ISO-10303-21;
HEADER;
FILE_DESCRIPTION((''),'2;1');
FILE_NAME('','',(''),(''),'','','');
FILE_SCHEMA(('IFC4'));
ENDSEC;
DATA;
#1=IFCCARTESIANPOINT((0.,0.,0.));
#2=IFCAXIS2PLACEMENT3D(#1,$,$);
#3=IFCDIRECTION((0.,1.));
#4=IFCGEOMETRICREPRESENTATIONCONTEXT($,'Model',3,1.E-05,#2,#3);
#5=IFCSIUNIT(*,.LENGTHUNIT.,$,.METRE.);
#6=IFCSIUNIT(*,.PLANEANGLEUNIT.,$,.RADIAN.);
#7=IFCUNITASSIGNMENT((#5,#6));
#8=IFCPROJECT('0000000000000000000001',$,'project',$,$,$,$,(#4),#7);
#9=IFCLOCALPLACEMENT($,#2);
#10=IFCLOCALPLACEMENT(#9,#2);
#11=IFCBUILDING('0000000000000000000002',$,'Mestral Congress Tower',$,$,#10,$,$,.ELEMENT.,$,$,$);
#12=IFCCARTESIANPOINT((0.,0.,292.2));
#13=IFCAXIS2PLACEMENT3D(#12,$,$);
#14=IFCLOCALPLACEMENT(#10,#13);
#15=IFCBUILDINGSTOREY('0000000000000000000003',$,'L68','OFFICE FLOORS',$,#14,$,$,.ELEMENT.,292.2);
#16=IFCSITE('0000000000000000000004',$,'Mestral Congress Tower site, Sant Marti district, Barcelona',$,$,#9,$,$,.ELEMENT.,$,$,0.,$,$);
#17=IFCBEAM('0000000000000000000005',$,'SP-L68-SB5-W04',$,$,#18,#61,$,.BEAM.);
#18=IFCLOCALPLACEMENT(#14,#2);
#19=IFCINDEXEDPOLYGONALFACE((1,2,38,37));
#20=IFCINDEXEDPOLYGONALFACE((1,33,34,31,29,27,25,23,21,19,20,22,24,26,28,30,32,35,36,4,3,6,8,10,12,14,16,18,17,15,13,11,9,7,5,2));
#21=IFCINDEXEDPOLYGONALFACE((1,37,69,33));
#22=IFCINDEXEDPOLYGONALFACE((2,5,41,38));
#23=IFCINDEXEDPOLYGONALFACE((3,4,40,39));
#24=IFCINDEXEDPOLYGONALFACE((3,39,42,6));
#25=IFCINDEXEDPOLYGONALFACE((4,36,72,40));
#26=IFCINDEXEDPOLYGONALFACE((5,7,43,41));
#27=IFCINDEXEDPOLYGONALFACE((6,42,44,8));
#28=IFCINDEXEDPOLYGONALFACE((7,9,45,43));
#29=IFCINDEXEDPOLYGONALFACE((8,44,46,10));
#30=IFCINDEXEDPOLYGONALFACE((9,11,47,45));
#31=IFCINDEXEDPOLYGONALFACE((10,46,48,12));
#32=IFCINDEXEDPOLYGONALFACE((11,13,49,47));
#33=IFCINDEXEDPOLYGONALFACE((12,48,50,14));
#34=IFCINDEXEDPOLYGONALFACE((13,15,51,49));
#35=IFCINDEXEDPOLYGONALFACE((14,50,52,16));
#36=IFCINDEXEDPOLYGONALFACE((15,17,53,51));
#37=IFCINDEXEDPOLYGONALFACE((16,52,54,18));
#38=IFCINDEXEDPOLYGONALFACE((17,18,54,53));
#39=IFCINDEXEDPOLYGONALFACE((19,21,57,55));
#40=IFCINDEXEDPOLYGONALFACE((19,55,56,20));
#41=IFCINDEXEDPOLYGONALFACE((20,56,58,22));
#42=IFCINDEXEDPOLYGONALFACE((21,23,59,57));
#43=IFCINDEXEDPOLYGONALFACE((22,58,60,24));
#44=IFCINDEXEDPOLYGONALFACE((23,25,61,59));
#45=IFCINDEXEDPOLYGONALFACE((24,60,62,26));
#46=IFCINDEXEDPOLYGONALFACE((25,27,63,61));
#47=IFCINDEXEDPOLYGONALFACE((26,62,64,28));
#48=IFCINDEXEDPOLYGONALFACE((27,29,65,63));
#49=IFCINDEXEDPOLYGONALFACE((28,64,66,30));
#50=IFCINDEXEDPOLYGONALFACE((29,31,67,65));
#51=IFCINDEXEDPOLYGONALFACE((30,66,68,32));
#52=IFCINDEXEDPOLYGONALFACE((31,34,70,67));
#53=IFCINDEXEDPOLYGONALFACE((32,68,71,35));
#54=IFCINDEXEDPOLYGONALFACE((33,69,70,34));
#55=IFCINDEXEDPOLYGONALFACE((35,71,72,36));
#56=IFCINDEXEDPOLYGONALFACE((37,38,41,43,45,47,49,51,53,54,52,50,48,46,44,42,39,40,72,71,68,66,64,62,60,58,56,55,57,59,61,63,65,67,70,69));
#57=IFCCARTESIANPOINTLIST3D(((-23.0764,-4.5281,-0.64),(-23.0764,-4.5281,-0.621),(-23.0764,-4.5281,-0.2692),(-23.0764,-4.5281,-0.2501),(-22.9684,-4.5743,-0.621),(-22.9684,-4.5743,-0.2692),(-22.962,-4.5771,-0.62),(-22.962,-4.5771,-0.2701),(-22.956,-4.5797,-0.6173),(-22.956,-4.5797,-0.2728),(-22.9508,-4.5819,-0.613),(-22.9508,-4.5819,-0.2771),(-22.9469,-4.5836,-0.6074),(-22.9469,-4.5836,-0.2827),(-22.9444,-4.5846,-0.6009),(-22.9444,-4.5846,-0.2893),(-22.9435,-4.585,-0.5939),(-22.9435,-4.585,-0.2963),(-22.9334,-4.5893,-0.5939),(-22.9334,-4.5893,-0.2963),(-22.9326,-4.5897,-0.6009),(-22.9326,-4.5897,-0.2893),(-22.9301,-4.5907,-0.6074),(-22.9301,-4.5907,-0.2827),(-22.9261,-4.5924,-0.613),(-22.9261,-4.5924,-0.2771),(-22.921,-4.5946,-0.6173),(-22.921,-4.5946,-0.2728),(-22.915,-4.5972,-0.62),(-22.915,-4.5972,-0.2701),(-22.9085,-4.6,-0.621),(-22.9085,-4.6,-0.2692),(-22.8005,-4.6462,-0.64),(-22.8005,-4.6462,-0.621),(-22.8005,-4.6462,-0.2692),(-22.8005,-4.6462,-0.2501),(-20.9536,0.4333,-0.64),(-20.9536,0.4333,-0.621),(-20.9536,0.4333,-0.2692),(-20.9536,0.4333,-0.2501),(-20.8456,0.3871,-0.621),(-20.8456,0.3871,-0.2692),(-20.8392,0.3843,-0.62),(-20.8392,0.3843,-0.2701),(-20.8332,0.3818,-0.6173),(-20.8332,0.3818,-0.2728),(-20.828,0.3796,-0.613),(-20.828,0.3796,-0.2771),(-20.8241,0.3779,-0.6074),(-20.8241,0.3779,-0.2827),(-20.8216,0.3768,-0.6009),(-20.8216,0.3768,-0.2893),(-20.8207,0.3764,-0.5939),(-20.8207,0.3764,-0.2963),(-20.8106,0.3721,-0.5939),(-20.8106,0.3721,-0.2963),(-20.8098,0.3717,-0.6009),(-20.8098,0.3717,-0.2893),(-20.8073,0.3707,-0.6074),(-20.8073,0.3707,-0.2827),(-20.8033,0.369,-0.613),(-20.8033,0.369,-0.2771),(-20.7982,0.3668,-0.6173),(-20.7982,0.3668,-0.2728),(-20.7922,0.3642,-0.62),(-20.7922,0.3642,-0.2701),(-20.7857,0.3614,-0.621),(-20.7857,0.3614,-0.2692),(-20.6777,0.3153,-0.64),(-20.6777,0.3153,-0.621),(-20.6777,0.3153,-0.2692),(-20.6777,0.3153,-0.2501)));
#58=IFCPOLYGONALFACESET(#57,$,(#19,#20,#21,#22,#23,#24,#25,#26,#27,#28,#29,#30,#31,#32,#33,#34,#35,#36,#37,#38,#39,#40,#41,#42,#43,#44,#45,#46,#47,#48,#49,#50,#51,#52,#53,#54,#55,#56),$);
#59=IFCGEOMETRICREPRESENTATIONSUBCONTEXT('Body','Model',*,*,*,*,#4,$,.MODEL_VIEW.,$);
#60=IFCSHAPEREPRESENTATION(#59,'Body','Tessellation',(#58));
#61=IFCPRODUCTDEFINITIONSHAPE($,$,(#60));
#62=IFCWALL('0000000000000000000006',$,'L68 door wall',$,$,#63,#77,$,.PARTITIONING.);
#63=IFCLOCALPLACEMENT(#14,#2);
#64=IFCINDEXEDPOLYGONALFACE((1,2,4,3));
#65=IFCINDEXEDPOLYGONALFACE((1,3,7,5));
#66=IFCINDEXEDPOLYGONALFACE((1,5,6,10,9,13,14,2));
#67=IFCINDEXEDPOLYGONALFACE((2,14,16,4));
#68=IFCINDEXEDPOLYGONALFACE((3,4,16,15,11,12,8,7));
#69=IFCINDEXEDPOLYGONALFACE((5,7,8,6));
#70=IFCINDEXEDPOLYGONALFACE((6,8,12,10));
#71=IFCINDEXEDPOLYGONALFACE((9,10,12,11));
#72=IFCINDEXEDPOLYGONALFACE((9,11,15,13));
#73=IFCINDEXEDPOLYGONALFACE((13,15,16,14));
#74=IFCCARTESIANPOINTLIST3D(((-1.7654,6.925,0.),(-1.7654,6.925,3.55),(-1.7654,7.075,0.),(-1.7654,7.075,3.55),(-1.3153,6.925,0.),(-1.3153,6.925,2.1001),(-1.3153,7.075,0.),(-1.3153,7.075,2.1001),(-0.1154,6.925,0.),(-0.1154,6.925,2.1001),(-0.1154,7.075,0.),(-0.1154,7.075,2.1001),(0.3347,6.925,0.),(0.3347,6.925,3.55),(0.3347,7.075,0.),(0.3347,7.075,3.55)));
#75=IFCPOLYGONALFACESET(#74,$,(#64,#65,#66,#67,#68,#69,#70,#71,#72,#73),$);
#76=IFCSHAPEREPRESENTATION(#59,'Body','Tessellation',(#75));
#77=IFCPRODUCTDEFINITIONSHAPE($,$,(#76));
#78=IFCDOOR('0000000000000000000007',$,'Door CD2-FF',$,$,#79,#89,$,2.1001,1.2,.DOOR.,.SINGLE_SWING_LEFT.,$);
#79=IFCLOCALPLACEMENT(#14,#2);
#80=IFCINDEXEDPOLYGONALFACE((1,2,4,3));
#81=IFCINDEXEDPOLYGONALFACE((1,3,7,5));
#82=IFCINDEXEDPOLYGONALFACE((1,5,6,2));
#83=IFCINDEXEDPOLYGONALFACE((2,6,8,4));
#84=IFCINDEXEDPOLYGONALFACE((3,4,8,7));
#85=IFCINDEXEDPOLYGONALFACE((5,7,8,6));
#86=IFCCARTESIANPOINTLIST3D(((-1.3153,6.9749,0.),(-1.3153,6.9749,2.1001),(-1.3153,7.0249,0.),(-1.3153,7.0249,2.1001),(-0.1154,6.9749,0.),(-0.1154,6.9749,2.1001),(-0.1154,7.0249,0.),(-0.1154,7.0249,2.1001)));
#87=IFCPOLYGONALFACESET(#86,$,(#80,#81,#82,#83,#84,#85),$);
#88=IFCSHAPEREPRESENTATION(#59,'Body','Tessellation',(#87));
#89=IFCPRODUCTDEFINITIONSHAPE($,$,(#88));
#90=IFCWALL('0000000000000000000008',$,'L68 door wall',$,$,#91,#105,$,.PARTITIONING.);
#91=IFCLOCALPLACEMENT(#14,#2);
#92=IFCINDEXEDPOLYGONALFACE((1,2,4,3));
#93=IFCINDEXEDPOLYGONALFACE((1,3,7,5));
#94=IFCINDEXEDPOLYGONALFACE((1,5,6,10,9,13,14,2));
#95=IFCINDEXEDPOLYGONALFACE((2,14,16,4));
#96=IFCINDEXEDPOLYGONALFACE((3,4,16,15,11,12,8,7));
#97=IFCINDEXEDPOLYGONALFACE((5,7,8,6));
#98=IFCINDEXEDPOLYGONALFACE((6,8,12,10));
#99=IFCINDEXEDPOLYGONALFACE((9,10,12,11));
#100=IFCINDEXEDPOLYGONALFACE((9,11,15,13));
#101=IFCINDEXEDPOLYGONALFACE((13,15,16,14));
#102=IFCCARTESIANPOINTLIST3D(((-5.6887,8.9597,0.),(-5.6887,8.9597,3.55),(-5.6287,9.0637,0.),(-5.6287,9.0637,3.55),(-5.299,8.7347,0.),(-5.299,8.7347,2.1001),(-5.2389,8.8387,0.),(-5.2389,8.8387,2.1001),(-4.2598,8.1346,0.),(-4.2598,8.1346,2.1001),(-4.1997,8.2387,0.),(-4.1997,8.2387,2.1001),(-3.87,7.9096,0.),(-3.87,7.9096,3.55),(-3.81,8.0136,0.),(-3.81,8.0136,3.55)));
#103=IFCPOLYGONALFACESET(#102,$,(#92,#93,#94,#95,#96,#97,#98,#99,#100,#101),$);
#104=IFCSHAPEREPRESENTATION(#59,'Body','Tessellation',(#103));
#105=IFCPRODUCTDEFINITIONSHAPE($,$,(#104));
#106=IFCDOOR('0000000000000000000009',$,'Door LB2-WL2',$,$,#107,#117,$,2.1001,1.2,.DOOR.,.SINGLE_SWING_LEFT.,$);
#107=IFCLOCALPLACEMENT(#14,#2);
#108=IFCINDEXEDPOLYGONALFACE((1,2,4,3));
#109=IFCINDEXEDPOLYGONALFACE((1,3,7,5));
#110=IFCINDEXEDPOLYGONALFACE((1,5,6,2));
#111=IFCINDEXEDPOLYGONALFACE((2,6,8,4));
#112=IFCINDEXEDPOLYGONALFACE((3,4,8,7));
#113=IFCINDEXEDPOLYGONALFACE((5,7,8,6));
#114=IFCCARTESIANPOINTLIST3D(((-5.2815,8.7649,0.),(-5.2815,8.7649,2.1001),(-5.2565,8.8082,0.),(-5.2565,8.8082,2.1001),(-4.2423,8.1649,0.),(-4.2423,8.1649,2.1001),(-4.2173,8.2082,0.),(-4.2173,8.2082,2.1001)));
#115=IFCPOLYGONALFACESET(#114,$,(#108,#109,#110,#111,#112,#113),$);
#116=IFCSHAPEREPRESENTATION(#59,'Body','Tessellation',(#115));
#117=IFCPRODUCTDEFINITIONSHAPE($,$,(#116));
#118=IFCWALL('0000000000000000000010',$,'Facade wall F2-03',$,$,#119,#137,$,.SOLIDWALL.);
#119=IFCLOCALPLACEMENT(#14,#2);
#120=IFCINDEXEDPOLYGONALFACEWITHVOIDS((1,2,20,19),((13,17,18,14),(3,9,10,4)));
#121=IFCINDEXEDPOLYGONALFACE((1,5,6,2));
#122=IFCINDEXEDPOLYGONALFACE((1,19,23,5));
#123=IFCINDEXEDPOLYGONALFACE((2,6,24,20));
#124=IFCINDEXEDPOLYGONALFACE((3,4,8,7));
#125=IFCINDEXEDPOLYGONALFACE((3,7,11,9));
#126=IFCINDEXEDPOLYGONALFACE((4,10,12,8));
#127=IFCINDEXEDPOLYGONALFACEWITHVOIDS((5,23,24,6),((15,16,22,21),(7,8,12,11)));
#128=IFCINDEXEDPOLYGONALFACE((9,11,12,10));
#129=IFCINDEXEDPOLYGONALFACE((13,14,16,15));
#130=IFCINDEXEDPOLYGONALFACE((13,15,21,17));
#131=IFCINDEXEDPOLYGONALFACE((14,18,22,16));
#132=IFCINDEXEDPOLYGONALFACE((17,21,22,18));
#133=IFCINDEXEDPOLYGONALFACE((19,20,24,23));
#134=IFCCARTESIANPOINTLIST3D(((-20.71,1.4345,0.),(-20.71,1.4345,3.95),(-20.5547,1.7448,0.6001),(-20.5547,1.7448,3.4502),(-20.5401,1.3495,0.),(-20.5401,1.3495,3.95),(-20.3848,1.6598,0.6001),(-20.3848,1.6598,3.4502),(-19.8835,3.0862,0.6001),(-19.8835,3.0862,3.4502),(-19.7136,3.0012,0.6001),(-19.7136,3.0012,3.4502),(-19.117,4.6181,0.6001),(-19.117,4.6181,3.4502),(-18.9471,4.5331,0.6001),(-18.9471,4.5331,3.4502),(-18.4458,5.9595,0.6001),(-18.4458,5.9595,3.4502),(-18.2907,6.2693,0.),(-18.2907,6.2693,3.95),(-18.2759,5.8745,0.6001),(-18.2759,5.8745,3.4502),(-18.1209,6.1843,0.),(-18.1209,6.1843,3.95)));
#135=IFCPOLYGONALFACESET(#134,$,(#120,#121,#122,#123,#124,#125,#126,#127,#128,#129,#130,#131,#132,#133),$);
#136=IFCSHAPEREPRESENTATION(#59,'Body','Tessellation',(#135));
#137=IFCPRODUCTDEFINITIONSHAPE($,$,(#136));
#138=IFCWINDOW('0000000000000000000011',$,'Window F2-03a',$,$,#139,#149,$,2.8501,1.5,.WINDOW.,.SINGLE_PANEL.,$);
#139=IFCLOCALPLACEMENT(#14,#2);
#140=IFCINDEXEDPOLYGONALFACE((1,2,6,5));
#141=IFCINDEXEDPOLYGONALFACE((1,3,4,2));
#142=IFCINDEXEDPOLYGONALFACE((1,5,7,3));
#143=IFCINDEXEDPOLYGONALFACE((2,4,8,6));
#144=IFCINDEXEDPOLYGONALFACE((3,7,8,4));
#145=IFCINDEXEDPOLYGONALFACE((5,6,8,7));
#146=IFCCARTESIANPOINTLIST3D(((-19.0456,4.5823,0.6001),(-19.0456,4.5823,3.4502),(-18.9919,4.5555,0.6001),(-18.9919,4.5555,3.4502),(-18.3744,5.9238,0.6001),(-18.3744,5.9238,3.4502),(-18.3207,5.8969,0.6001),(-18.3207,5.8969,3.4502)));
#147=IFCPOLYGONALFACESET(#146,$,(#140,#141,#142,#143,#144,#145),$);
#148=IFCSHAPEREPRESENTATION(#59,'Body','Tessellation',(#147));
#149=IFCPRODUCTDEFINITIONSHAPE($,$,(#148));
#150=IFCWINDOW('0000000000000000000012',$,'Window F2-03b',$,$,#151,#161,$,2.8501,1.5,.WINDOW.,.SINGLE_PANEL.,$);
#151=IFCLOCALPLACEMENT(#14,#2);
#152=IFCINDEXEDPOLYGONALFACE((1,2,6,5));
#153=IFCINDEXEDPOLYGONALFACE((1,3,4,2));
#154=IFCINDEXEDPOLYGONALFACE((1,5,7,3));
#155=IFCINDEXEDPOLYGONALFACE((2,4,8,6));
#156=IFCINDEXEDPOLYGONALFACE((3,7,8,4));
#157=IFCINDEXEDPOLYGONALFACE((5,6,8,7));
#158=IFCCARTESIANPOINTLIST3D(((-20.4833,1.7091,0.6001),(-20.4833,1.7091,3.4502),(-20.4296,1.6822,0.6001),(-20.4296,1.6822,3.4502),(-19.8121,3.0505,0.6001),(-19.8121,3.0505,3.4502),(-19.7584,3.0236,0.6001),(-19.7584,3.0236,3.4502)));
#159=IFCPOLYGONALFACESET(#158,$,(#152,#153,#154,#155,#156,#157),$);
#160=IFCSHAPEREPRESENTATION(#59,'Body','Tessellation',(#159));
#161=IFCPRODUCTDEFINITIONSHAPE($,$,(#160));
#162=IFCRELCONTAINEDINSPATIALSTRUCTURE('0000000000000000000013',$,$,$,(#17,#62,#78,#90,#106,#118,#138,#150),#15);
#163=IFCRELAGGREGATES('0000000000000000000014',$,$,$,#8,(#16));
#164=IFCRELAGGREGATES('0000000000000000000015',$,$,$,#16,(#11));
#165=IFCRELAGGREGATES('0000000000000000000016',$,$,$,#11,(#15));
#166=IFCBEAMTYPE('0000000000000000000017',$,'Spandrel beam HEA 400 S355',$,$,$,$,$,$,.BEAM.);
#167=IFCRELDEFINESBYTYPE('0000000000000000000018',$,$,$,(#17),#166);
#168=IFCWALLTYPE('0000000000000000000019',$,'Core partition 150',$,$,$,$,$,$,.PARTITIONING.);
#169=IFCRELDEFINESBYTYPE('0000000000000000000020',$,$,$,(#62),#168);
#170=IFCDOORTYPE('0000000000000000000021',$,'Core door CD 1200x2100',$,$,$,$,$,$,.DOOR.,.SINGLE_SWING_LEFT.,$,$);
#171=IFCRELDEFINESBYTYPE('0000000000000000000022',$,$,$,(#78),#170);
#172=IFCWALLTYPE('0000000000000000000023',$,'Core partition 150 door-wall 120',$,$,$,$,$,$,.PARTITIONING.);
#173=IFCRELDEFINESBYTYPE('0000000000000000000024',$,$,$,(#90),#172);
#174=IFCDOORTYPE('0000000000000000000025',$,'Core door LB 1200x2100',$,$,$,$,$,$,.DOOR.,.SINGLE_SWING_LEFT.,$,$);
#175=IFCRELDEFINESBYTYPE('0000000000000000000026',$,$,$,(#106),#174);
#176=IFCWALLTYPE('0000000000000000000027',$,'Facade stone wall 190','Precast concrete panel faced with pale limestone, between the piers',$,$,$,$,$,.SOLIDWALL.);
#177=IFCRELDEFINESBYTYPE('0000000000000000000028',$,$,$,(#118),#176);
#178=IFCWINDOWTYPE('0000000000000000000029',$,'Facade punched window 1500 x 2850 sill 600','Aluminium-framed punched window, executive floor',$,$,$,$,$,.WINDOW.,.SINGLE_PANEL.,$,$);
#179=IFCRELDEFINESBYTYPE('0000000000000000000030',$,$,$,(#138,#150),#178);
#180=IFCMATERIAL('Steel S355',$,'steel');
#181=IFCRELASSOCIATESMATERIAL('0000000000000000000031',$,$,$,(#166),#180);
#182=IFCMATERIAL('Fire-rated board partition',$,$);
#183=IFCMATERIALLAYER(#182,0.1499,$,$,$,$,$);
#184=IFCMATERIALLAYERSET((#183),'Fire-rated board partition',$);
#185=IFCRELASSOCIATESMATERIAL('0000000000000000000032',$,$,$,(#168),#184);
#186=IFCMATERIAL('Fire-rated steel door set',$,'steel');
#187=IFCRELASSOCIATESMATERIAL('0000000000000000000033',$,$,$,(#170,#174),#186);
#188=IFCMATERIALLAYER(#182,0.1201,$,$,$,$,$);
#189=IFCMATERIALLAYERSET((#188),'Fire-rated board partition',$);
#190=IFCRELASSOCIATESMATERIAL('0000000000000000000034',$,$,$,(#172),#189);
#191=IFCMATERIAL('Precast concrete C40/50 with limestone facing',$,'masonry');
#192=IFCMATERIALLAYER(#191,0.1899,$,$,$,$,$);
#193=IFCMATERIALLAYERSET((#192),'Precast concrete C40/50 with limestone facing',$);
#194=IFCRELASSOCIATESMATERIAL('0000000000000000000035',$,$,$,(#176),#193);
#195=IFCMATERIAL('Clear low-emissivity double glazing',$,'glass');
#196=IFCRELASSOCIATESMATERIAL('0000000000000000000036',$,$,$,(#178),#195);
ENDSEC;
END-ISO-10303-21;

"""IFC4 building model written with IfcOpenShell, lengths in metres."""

from ifc_helpers import new_model, si_unit, direction, frame, frame_2d, origin, origin_2d, place, context, subcontext, project, spatial, rectangle, i_section, extrude, material, layer, layer_set, material_profile, profile_set, type_object, element, fill, save


model = new_model("IFC4")

# Units and contexts
model_context = context("Model", 3, precision=1e-05, world=origin(), true_north=direction((0.0, 1.0)))
body_context = subcontext(model_context, "Body", "Model", "MODEL_VIEW")
ifc_project = project(units=[si_unit("LENGTHUNIT", "METRE"), si_unit("PLANEANGLEUNIT", "RADIAN")], contexts=[model_context])

# Site, building, storey
site_placement = place(None, origin())
site = spatial("IfcSite", under=ifc_project, at=site_placement, Name="Mestral Congress Tower site, Sant Marti district, Barcelona", CompositionType="ELEMENT", RefElevation=0.0)
building_placement = place(site_placement, origin())
building = spatial("IfcBuilding", under=site, at=building_placement, Name="Mestral Congress Tower", CompositionType="ELEMENT")
storey_placement = place(building_placement, frame((0.0, 0.0, 292.2)))
storey = spatial("IfcBuildingStorey", under=building, at=storey_placement, Name="L68", Description="OFFICE FLOORS", CompositionType="ELEMENT", Elevation=292.2)

# Beam
ifc_material_1 = material(Name="Steel S355", Category="steel")
ifc_material_profile_1 = material_profile(ifc_material_1, i_section(OverallWidth=0.3, OverallDepth=0.3899, WebThickness=0.011, FlangeThickness=0.019, FilletRadius=0.0271, at=origin_2d()), Name="HEA 400")
ifc_profile_set_1 = profile_set([ifc_material_profile_1], Name="Steel S355")
beam_type_1 = type_object("IfcBeamType", Name="Spandrel beam HEA 400 S355", PredefinedType="BEAM", material=ifc_profile_set_1)
beam_1_placement = place(storey_placement, frame((-20.8157, 0.3743, -0.4451), z_axis=(-0.393368, -0.919381, 0.0), x_axis=(0.919381, -0.393368, 0.0)))
element("IfcBeam", 1, at=beam_1_placement, inside=storey, type_object=beam_type_1, Name="SP-L68-SB5-W04", PredefinedType="BEAM", context=body_context, shape_type="SweptSolid", body=[
    extrude(i_section(OverallWidth=0.3, OverallDepth=0.3899, WebThickness=0.011, FlangeThickness=0.019, FilletRadius=0.0271, at=origin_2d()), origin(), (0.0, 0.0, 1.0), 5.3965),
])

# Walls, openings, doors
ifc_material_2 = material(Name="Fire-rated board partition")
ifc_layer_1 = layer(ifc_material_2, 0.1499)
ifc_layer_set_1 = layer_set([ifc_layer_1], Name="Fire-rated board partition")
wall_type_1 = type_object("IfcWallType", Name="Core partition 150", PredefinedType="PARTITIONING", material=ifc_layer_set_1)
wall_1_placement = place(storey_placement, frame((-1.7654, 7.0, 0.0), z_axis=(0.0, 0.0, 1.0), x_axis=(1.0, 0.0, 0.0)))
wall_1 = element("IfcWall", 2, at=wall_1_placement, inside=storey, type_object=wall_type_1, Name="L68 door wall", PredefinedType="PARTITIONING", context=body_context, shape_type="SweptSolid", body=[
    extrude(rectangle(XDim=2.1001, YDim=0.1499, at=frame_2d((1.05, 0.0))), origin(), (0.0, 0.0, 1.0), 3.55),
])
opening_1_placement = place(wall_1_placement, frame((0.45, 0.0, 0.0)))
opening_1 = element("IfcOpeningElement", 3, at=opening_1_placement, cuts=wall_1, PredefinedType="OPENING", context=body_context, shape_type="SweptSolid", body=[
    extrude(rectangle(XDim=1.2, YDim=2.1001, at=frame_2d((0.6001, 1.05))), frame((0.0, 0.085, 0.0), z_axis=(0.0, -1.0, 0.0), x_axis=(1.0, 0.0, 0.0)), (0.0, 0.0, 1.0), 0.1699),
])
ifc_material_3 = material(Name="Fire-rated steel door set", Category="steel")
door_type_1 = type_object("IfcDoorType", Name="Core door CD 1200x2100", OperationType="SINGLE_SWING_LEFT", PredefinedType="DOOR", material=ifc_material_3)
door_1_placement = place(opening_1_placement, origin())
door_1 = element("IfcDoor", 4, at=door_1_placement, inside=storey, type_object=door_type_1, Name="Door CD2-FF", OperationType="SINGLE_SWING_LEFT", OverallHeight=2.1001, OverallWidth=1.2, PredefinedType="DOOR", context=body_context, shape_type="SweptSolid", body=[
    extrude(rectangle(XDim=1.2, YDim=2.1001, at=frame_2d((0.6001, 1.05))), frame((0.0, 0.0249, 0.0), z_axis=(0.0, -1.0, 0.0), x_axis=(1.0, 0.0, 0.0)), (0.0, 0.0, 1.0), 0.05),
])
fill(opening_1, door_1)
ifc_layer_2 = layer(ifc_material_2, 0.1201)
ifc_layer_set_2 = layer_set([ifc_layer_2], Name="Fire-rated board partition")
wall_type_2 = type_object("IfcWallType", Name="Core partition 150 door-wall 120", PredefinedType="PARTITIONING", material=ifc_layer_set_2)
wall_2_placement = place(storey_placement, frame((-5.6587, 9.0117, 0.0), z_axis=(0.0, 0.0, 1.0), x_axis=(0.866009, -0.500028, 0.0)))
wall_2 = element("IfcWall", 5, at=wall_2_placement, inside=storey, type_object=wall_type_2, Name="L68 door wall", PredefinedType="PARTITIONING", context=body_context, shape_type="SweptSolid", body=[
    extrude(rectangle(XDim=2.1001, YDim=0.1201, at=frame_2d((1.05, 0.0))), origin(), (0.0, 0.0, 1.0), 3.55),
])
opening_2_placement = place(wall_2_placement, frame((0.45, 0.0, 0.0)))
opening_2 = element("IfcOpeningElement", 6, at=opening_2_placement, cuts=wall_2, PredefinedType="OPENING", context=body_context, shape_type="SweptSolid", body=[
    extrude(rectangle(XDim=1.2, YDim=2.1001, at=frame_2d((0.6001, 1.05))), frame((0.0, 0.0701, 0.0), z_axis=(0.0, -1.0, 0.0), x_axis=(1.0, 0.0, 0.0)), (0.0, 0.0, 1.0), 0.1401),
])
door_type_2 = type_object("IfcDoorType", Name="Core door LB 1200x2100", OperationType="SINGLE_SWING_LEFT", PredefinedType="DOOR", material=ifc_material_3)
door_2_placement = place(opening_2_placement, origin())
door_2 = element("IfcDoor", 7, at=door_2_placement, inside=storey, type_object=door_type_2, Name="Door LB2-WL2", OperationType="SINGLE_SWING_LEFT", OverallHeight=2.1001, OverallWidth=1.2, PredefinedType="DOOR", context=body_context, shape_type="SweptSolid", body=[
    extrude(rectangle(XDim=1.2, YDim=2.1001, at=frame_2d((0.6001, 1.05))), frame((0.0, 0.0249, 0.0), z_axis=(0.0, -1.0, 0.0), x_axis=(1.0, 0.0, 0.0)), (0.0, 0.0, 1.0), 0.05),
])
fill(opening_2, door_2)

# Wall, openings, windows
ifc_material_4 = material(Name="Precast concrete C40/50 with limestone facing", Category="masonry")
ifc_layer_3 = layer(ifc_material_4, 0.1899)
ifc_layer_set_3 = layer_set([ifc_layer_3], Name="Precast concrete C40/50 with limestone facing")
wall_type_3 = type_object("IfcWallType", Name="Facade stone wall 190", Description="Precast concrete panel faced with pale limestone, between the piers", PredefinedType="SOLIDWALL", material=ifc_layer_set_3)
wall_3_placement = place(storey_placement, frame((-18.2058, 6.2268, 0.0), z_axis=(0.0, 0.0, 1.0), x_axis=(-0.447485, -0.894292, 0.0)))
wall_3 = element("IfcWall", 8, at=wall_3_placement, inside=storey, type_object=wall_type_3, Name="Facade wall F2-03", PredefinedType="SOLIDWALL", context=body_context, shape_type="SweptSolid", body=[
    extrude(rectangle(XDim=5.4062, YDim=0.1899, at=frame_2d((2.7031, 0.0))), origin(), (0.0, 0.0, 1.0), 3.95),
])
opening_3_placement = place(wall_3_placement, frame((0.3464, 0.0, 0.6001)))
opening_3 = element("IfcOpeningElement", 9, at=opening_3_placement, cuts=wall_3, PredefinedType="OPENING", context=body_context, shape_type="SweptSolid", body=[
    extrude(rectangle(XDim=1.5, YDim=2.8501, at=frame_2d((0.75, 1.425))), frame((0.0, 0.105, 0.0), z_axis=(0.0, -1.0, 0.0), x_axis=(1.0, 0.0, 0.0)), (0.0, 0.0, 1.0), 0.21),
])
opening_4_placement = place(wall_3_placement, frame((3.5593, 0.0, 0.6001)))
opening_4 = element("IfcOpeningElement", 10, at=opening_4_placement, cuts=wall_3, PredefinedType="OPENING", context=body_context, shape_type="SweptSolid", body=[
    extrude(rectangle(XDim=1.5, YDim=2.8501, at=frame_2d((0.75, 1.425))), frame((0.0, 0.105, 0.0), z_axis=(0.0, -1.0, 0.0), x_axis=(1.0, 0.0, 0.0)), (0.0, 0.0, 1.0), 0.21),
])
ifc_material_5 = material(Name="Clear low-emissivity double glazing", Category="glass")
window_type = type_object("IfcWindowType", Name="Facade punched window 1500 x 2850 sill 600", Description="Aluminium-framed punched window, executive floor", PartitioningType="SINGLE_PANEL", PredefinedType="WINDOW", material=ifc_material_5)
window_1_placement = place(opening_3_placement, origin())
window_1 = element("IfcWindow", 11, at=window_1_placement, inside=storey, type_object=window_type, Name="Window F2-03a", OverallHeight=2.8501, OverallWidth=1.5, PartitioningType="SINGLE_PANEL", PredefinedType="WINDOW", context=body_context, shape_type="SweptSolid", body=[
    extrude(rectangle(XDim=1.5, YDim=2.8501, at=frame_2d((0.75, 1.425))), frame((0.0, 0.0449, 0.0), z_axis=(0.0, -1.0, 0.0), x_axis=(1.0, 0.0, 0.0)), (0.0, 0.0, 1.0), 0.0601),
])
fill(opening_3, window_1)
window_2_placement = place(opening_4_placement, origin())
window_2 = element("IfcWindow", 12, at=window_2_placement, inside=storey, type_object=window_type, Name="Window F2-03b", OverallHeight=2.8501, OverallWidth=1.5, PartitioningType="SINGLE_PANEL", PredefinedType="WINDOW", context=body_context, shape_type="SweptSolid", body=[
    extrude(rectangle(XDim=1.5, YDim=2.8501, at=frame_2d((0.75, 1.425))), frame((0.0, 0.0449, 0.0), z_axis=(0.0, -1.0, 0.0), x_axis=(1.0, 0.0, 0.0)), (0.0, 0.0, 1.0), 0.0601),
])
fill(opening_4, window_2)

save(model, "model.ifc")
